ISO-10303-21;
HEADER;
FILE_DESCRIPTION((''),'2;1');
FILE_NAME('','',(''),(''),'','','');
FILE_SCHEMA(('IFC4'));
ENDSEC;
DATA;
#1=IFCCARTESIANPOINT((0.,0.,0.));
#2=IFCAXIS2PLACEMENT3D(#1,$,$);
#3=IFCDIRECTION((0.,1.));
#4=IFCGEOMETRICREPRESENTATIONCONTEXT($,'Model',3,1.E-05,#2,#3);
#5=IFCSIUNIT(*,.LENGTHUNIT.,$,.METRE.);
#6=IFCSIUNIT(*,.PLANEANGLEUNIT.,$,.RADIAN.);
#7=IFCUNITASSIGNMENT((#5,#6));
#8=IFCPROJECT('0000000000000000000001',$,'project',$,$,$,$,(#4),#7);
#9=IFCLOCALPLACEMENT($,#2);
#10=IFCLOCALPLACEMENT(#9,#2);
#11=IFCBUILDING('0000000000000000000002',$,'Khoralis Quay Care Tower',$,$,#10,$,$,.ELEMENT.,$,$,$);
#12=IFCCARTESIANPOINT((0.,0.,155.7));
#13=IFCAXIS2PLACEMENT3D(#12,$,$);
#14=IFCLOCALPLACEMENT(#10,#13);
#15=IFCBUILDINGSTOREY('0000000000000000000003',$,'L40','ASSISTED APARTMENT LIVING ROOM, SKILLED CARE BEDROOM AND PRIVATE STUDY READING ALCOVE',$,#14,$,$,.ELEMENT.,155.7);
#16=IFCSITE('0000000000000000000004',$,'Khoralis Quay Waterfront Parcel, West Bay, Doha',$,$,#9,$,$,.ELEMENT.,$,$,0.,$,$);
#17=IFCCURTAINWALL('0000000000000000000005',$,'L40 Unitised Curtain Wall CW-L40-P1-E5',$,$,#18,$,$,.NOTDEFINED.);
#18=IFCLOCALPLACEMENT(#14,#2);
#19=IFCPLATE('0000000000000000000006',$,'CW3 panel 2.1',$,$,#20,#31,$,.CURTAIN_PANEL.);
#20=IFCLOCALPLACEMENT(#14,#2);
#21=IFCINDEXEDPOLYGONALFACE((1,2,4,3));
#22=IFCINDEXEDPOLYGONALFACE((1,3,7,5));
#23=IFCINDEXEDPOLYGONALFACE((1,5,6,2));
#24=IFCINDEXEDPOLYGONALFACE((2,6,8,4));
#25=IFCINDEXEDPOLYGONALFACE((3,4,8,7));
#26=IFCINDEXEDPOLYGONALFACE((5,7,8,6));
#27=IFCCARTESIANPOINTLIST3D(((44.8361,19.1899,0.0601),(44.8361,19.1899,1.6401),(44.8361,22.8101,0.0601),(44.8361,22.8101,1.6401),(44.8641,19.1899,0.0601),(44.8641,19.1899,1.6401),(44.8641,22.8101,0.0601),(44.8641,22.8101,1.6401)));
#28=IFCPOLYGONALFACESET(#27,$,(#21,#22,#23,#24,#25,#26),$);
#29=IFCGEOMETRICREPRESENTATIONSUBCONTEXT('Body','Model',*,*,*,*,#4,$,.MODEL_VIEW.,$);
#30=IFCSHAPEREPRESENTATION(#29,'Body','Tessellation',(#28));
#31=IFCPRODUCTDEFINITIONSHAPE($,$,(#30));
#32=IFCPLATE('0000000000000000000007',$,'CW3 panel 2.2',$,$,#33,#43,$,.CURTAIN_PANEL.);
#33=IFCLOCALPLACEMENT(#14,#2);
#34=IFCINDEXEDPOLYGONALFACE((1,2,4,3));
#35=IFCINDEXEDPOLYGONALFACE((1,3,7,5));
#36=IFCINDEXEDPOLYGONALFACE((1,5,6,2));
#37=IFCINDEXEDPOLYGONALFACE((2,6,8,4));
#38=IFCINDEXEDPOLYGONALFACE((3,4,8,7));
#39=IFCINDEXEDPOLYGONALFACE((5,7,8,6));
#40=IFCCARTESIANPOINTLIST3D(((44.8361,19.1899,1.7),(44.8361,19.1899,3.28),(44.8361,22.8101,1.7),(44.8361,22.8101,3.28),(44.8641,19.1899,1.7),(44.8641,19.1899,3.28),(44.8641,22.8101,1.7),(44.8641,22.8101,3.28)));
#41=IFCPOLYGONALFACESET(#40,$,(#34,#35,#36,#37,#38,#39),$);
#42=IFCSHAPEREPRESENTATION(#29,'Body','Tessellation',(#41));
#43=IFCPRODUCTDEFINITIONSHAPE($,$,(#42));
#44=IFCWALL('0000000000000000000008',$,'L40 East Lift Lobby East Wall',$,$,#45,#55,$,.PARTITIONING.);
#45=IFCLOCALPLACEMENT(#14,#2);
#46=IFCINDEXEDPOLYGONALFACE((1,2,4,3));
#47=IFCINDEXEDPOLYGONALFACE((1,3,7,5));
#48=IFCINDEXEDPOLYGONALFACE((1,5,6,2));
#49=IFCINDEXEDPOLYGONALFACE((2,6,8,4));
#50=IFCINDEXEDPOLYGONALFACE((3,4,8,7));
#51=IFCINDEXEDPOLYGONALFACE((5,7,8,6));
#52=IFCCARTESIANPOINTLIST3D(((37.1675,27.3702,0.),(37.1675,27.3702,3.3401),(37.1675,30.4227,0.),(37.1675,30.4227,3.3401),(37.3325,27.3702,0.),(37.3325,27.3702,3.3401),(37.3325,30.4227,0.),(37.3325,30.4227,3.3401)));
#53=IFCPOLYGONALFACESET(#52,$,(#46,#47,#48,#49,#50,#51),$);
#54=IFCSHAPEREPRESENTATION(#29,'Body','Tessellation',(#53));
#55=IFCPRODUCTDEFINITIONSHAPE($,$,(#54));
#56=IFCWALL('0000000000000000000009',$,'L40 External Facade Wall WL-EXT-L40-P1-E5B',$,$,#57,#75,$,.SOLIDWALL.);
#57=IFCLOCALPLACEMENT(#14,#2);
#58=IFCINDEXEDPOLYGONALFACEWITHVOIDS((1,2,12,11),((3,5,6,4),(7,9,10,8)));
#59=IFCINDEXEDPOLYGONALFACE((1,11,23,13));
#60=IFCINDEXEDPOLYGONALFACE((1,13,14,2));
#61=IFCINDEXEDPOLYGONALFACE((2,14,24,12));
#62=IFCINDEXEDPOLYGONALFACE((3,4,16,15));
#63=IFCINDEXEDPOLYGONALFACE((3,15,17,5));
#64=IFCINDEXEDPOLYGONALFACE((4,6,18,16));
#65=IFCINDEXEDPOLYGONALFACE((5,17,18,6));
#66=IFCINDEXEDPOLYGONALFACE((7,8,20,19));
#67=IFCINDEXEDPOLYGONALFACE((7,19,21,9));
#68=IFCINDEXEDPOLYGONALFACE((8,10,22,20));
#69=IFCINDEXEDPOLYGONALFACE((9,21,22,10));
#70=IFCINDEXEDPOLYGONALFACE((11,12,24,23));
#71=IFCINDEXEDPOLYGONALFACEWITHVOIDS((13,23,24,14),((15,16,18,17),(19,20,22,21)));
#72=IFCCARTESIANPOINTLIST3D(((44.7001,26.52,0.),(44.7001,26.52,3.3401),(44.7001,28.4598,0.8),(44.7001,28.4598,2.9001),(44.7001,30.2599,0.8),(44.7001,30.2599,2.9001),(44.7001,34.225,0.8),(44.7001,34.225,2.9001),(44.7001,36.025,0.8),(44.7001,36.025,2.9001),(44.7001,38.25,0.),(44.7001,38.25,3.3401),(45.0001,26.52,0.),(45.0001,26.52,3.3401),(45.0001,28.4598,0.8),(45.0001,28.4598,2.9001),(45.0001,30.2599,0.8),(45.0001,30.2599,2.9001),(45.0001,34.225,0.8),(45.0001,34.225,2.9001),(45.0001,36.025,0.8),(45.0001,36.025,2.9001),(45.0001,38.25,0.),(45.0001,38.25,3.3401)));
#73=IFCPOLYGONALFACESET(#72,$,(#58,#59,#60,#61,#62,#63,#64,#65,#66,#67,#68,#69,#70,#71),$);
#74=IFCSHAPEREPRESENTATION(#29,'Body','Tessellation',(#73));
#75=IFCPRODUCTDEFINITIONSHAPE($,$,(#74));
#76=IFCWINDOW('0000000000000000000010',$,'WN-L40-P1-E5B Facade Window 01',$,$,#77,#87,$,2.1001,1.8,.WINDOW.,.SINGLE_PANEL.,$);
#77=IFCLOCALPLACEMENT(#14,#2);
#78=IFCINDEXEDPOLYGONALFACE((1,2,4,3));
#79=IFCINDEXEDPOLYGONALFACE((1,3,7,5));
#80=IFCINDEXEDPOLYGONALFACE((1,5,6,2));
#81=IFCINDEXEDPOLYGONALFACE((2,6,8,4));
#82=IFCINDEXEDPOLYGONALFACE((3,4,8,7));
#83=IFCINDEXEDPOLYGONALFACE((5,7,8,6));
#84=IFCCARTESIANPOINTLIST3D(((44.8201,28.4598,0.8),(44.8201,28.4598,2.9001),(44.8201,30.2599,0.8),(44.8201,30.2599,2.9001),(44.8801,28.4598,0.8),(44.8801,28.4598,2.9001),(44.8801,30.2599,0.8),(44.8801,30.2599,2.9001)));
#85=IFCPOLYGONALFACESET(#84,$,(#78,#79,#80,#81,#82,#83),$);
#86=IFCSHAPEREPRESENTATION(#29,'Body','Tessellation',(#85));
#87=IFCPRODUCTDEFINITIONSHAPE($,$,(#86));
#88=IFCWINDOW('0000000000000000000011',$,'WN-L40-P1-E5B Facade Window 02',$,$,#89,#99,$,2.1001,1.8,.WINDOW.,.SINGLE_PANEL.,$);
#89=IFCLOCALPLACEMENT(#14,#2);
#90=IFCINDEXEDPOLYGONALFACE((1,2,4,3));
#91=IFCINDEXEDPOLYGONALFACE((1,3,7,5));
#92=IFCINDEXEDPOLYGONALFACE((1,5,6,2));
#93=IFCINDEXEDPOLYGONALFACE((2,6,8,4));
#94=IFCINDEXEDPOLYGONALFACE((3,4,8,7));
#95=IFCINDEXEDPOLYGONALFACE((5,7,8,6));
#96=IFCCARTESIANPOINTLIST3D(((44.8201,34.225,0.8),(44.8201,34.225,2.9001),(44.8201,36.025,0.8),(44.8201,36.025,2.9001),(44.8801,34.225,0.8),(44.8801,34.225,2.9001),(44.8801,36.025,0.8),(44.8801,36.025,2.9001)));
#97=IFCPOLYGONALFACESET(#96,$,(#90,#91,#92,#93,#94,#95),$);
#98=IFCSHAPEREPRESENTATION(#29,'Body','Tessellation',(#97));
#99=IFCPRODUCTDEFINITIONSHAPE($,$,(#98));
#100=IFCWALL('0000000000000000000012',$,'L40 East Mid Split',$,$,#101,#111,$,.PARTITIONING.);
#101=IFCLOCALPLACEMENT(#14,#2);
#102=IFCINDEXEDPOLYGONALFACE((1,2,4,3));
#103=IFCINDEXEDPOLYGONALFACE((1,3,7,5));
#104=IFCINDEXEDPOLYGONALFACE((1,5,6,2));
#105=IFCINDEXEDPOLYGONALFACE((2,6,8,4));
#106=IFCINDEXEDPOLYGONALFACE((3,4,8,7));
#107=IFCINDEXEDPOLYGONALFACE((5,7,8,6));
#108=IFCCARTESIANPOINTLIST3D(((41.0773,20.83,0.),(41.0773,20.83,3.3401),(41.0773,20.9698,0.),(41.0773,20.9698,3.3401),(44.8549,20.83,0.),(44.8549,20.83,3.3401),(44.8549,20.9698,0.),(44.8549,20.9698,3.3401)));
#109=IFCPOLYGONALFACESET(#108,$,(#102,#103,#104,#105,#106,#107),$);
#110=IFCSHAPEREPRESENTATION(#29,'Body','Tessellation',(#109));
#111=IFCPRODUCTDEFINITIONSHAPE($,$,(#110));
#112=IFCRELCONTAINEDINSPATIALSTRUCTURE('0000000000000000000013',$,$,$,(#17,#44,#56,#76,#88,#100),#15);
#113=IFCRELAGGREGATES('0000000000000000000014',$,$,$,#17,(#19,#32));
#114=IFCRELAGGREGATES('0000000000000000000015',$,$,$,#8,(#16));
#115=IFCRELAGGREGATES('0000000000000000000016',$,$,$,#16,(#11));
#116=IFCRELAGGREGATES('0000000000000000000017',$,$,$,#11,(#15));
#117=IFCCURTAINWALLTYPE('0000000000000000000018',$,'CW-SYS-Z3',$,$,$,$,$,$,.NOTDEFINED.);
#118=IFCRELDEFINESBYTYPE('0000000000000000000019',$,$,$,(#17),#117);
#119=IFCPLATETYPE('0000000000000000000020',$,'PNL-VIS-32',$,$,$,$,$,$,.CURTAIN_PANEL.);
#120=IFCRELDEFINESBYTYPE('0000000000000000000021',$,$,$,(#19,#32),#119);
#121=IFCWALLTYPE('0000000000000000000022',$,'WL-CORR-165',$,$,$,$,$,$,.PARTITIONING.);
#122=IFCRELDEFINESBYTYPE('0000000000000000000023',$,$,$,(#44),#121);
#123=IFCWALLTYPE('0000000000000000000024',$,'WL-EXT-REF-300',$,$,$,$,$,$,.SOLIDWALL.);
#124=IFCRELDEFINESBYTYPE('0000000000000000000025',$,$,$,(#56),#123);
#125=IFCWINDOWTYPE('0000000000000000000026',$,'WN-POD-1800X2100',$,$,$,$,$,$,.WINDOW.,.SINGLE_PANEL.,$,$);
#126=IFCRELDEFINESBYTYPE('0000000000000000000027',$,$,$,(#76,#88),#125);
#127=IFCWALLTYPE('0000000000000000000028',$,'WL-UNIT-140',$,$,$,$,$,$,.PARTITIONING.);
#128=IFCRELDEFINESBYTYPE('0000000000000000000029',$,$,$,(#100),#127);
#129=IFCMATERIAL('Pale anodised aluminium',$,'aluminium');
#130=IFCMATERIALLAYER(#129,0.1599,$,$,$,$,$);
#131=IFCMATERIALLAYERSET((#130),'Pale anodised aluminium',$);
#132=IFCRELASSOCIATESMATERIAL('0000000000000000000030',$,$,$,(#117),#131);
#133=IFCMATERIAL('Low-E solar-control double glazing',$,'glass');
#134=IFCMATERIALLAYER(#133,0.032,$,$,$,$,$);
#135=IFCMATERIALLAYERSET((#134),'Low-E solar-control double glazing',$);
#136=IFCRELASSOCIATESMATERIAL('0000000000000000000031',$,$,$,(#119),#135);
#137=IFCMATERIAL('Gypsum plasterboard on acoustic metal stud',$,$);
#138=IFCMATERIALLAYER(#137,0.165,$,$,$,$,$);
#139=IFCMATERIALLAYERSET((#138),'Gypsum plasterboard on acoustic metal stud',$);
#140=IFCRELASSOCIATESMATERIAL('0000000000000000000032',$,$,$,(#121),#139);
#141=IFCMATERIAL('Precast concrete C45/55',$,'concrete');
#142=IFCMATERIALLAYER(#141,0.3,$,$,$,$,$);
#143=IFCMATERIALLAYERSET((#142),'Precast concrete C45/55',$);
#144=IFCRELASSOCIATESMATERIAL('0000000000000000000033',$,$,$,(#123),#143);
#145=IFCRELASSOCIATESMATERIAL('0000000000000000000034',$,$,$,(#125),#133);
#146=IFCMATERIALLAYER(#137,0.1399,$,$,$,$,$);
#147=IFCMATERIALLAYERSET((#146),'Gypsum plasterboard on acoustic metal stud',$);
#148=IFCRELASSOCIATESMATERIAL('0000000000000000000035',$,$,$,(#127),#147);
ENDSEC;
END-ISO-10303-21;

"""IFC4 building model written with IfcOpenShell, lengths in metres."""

from ifc_helpers import new_model, si_unit, direction, frame, frame_2d, origin, origin_2d, place, context, subcontext, project, spatial, rectangle, extrude, source, transform, mapped, material, layer, layer_set, type_object, element, fill, aggregate, save


model = new_model("IFC4")

# Units and contexts
model_context = context("Model", 3, precision=1e-05, world=origin(), true_north=direction((0.0, 1.0)))
body_context = subcontext(model_context, "Body", "Model", "MODEL_VIEW")
ifc_project = project(units=[si_unit("LENGTHUNIT", "METRE"), si_unit("PLANEANGLEUNIT", "RADIAN")], contexts=[model_context])

# Site, building, storey
site_placement = place(None, origin())
site = spatial("IfcSite", under=ifc_project, at=site_placement, Name="Khoralis Quay Waterfront Parcel, West Bay, Doha", CompositionType="ELEMENT", RefElevation=0.0)
building_placement = place(site_placement, origin())
building = spatial("IfcBuilding", under=site, at=building_placement, Name="Khoralis Quay Care Tower", CompositionType="ELEMENT")
storey_placement = place(building_placement, frame((0.0, 0.0, 155.7)))
storey = spatial("IfcBuildingStorey", under=building, at=storey_placement, Name="L40", Description="ASSISTED APARTMENT LIVING ROOM, SKILLED CARE BEDROOM AND PRIVATE STUDY READING ALCOVE", CompositionType="ELEMENT", Elevation=155.7)

# Curtain wall, plates
ifc_material_1 = material(Name="Pale anodised aluminium", Category="aluminium")
ifc_layer_1 = layer(ifc_material_1, 0.1599)
ifc_layer_set_1 = layer_set([ifc_layer_1], Name="Pale anodised aluminium")
curtain_wall_type = type_object("IfcCurtainWallType", Name="CW-SYS-Z3", PredefinedType="NOTDEFINED", material=ifc_layer_set_1)
curtain_wall_placement = place(storey_placement, origin())
curtain_wall = element("IfcCurtainWall", 1, at=curtain_wall_placement, inside=storey, type_object=curtain_wall_type, Name="L40 Unitised Curtain Wall CW-L40-P1-E5", PredefinedType="NOTDEFINED")
ifc_material_2 = material(Name="Low-E solar-control double glazing", Category="glass")
ifc_layer_2 = layer(ifc_material_2, 0.032)
ifc_layer_set_2 = layer_set([ifc_layer_2], Name="Low-E solar-control double glazing")
plate_type = type_object("IfcPlateType", Name="PNL-VIS-32", PredefinedType="CURTAIN_PANEL", material=ifc_layer_set_2)
shared_shape_1 = source(origin(), body_context, "Body", "SweptSolid", [
    extrude(rectangle(XDim=3.6201, YDim=0.0281, at=origin_2d()), origin(), (0.0, 0.0, 1.0), 1.5801),
])
plate_1_placement = place(storey_placement, frame((44.8501, 21.0, 0.0601), z_axis=(0.0, 0.0, 1.0), x_axis=(0.0, 1.0, 0.0)))
plate_1 = element("IfcPlate", 2, at=plate_1_placement, type_object=plate_type, Name="CW3 panel 2.1", PredefinedType="CURTAIN_PANEL", context=body_context, shape_type="MappedRepresentation", body=[
    mapped(shared_shape_1, transform((0.0, 0.0, 0.0), scale=1.0)),
])
plate_2_placement = place(storey_placement, frame((44.8501, 21.0, 1.7), z_axis=(0.0, 0.0, 1.0), x_axis=(0.0, 1.0, 0.0)))
plate_2 = element("IfcPlate", 3, at=plate_2_placement, type_object=plate_type, Name="CW3 panel 2.2", PredefinedType="CURTAIN_PANEL", context=body_context, shape_type="MappedRepresentation", body=[
    mapped(shared_shape_1, transform((0.0, 0.0, 0.0), scale=1.0)),
])
aggregate(curtain_wall, [plate_1, plate_2])

# Wall
ifc_material_3 = material(Name="Gypsum plasterboard on acoustic metal stud")
ifc_layer_3 = layer(ifc_material_3, 0.165)
ifc_layer_set_3 = layer_set([ifc_layer_3], Name="Gypsum plasterboard on acoustic metal stud")
wall_type_1 = type_object("IfcWallType", Name="WL-CORR-165", PredefinedType="PARTITIONING", material=ifc_layer_set_3)
wall_1_placement = place(storey_placement, frame((37.25, 27.3701, 0.0), z_axis=(0.0, 0.0, 1.0), x_axis=(0.0, 1.0, 0.0)))
element("IfcWall", 4, at=wall_1_placement, inside=storey, type_object=wall_type_1, Name="L40 East Lift Lobby East Wall", PredefinedType="PARTITIONING", context=body_context, shape_type="SweptSolid", body=[
    extrude(rectangle(XDim=3.0525, YDim=0.165, at=frame_2d((1.5264, 0.0))), origin(), (0.0, 0.0, 1.0), 3.3401),
])

# Wall, openings, windows
ifc_material_4 = material(Name="Precast concrete C45/55", Category="concrete")
ifc_layer_4 = layer(ifc_material_4, 0.3)
ifc_layer_set_4 = layer_set([ifc_layer_4], Name="Precast concrete C45/55")
wall_type_2 = type_object("IfcWallType", Name="WL-EXT-REF-300", PredefinedType="SOLIDWALL", material=ifc_layer_set_4)
wall_2_placement = place(storey_placement, frame((44.8501, 26.52, 0.0), z_axis=(0.0, 0.0, 1.0), x_axis=(0.0, 1.0, 0.0)))
wall_2 = element("IfcWall", 5, at=wall_2_placement, inside=storey, type_object=wall_type_2, Name="L40 External Facade Wall WL-EXT-L40-P1-E5B", PredefinedType="SOLIDWALL", context=body_context, shape_type="SweptSolid", body=[
    extrude(rectangle(XDim=11.73, YDim=0.3, at=frame_2d((5.865, 0.0))), origin(), (0.0, 0.0, 1.0), 3.3401),
])
opening_1_placement = place(wall_2_placement, frame((1.9399, 0.0, 0.8)))
opening_1 = element("IfcOpeningElement", 6, at=opening_1_placement, cuts=wall_2, PredefinedType="OPENING", context=body_context, shape_type="SweptSolid", body=[
    extrude(rectangle(XDim=1.8, YDim=2.1001, at=frame_2d((0.8999, 1.05))), frame((0.0, 0.1602, 0.0), z_axis=(0.0, -1.0, 0.0), x_axis=(1.0, 0.0, 0.0)), (0.0, 0.0, 1.0), 0.3201),
])
opening_2_placement = place(wall_2_placement, frame((7.7051, 0.0, 0.8)))
opening_2 = element("IfcOpeningElement", 7, at=opening_2_placement, cuts=wall_2, PredefinedType="OPENING", context=body_context, shape_type="SweptSolid", body=[
    extrude(rectangle(XDim=1.8, YDim=2.1001, at=frame_2d((0.8999, 1.05))), frame((0.0, 0.1602, 0.0), z_axis=(0.0, -1.0, 0.0), x_axis=(1.0, 0.0, 0.0)), (0.0, 0.0, 1.0), 0.3201),
])
window_type = type_object("IfcWindowType", Name="WN-POD-1800X2100", PartitioningType="SINGLE_PANEL", PredefinedType="WINDOW", material=ifc_material_2)
shared_shape_2 = source(origin(), body_context, "Body", "SweptSolid", [
    extrude(rectangle(XDim=1.8, YDim=2.1001, at=frame_2d((0.8999, 1.05))), frame((0.0, 0.03, 0.0), z_axis=(0.0, -1.0, 0.0), x_axis=(1.0, 0.0, 0.0)), (0.0, 0.0, 1.0), 0.0601),
])
window_1_placement = place(opening_1_placement, origin())
window_1 = element("IfcWindow", 8, at=window_1_placement, inside=storey, type_object=window_type, Name="WN-L40-P1-E5B Facade Window 01", OverallHeight=2.1001, OverallWidth=1.8, PartitioningType="SINGLE_PANEL", PredefinedType="WINDOW", context=body_context, shape_type="MappedRepresentation", body=[
    mapped(shared_shape_2, transform((0.0, 0.0, 0.0), scale=1.0)),
])
fill(opening_1, window_1)
window_2_placement = place(opening_2_placement, origin())
window_2 = element("IfcWindow", 9, at=window_2_placement, inside=storey, type_object=window_type, Name="WN-L40-P1-E5B Facade Window 02", OverallHeight=2.1001, OverallWidth=1.8, PartitioningType="SINGLE_PANEL", PredefinedType="WINDOW", context=body_context, shape_type="MappedRepresentation", body=[
    mapped(shared_shape_2, transform((0.0, 0.0, 0.0), scale=1.0)),
])
fill(opening_2, window_2)

# Wall
ifc_layer_5 = layer(ifc_material_3, 0.1399)
ifc_layer_set_5 = layer_set([ifc_layer_5], Name="Gypsum plasterboard on acoustic metal stud")
wall_type_3 = type_object("IfcWallType", Name="WL-UNIT-140", PredefinedType="PARTITIONING", material=ifc_layer_set_5)
wall_3_placement = place(storey_placement, frame((41.0774, 20.8999, 0.0), z_axis=(0.0, 0.0, 1.0), x_axis=(1.0, 0.0, 0.0)))
element("IfcWall", 10, at=wall_3_placement, inside=storey, type_object=wall_type_3, Name="L40 East Mid Split", PredefinedType="PARTITIONING", context=body_context, shape_type="SweptSolid", body=[
    extrude(rectangle(XDim=3.7776, YDim=0.1399, at=frame_2d((1.8887, 0.0))), origin(), (0.0, 0.0, 1.0), 3.3401),
])

save(model, "model.ifc")
